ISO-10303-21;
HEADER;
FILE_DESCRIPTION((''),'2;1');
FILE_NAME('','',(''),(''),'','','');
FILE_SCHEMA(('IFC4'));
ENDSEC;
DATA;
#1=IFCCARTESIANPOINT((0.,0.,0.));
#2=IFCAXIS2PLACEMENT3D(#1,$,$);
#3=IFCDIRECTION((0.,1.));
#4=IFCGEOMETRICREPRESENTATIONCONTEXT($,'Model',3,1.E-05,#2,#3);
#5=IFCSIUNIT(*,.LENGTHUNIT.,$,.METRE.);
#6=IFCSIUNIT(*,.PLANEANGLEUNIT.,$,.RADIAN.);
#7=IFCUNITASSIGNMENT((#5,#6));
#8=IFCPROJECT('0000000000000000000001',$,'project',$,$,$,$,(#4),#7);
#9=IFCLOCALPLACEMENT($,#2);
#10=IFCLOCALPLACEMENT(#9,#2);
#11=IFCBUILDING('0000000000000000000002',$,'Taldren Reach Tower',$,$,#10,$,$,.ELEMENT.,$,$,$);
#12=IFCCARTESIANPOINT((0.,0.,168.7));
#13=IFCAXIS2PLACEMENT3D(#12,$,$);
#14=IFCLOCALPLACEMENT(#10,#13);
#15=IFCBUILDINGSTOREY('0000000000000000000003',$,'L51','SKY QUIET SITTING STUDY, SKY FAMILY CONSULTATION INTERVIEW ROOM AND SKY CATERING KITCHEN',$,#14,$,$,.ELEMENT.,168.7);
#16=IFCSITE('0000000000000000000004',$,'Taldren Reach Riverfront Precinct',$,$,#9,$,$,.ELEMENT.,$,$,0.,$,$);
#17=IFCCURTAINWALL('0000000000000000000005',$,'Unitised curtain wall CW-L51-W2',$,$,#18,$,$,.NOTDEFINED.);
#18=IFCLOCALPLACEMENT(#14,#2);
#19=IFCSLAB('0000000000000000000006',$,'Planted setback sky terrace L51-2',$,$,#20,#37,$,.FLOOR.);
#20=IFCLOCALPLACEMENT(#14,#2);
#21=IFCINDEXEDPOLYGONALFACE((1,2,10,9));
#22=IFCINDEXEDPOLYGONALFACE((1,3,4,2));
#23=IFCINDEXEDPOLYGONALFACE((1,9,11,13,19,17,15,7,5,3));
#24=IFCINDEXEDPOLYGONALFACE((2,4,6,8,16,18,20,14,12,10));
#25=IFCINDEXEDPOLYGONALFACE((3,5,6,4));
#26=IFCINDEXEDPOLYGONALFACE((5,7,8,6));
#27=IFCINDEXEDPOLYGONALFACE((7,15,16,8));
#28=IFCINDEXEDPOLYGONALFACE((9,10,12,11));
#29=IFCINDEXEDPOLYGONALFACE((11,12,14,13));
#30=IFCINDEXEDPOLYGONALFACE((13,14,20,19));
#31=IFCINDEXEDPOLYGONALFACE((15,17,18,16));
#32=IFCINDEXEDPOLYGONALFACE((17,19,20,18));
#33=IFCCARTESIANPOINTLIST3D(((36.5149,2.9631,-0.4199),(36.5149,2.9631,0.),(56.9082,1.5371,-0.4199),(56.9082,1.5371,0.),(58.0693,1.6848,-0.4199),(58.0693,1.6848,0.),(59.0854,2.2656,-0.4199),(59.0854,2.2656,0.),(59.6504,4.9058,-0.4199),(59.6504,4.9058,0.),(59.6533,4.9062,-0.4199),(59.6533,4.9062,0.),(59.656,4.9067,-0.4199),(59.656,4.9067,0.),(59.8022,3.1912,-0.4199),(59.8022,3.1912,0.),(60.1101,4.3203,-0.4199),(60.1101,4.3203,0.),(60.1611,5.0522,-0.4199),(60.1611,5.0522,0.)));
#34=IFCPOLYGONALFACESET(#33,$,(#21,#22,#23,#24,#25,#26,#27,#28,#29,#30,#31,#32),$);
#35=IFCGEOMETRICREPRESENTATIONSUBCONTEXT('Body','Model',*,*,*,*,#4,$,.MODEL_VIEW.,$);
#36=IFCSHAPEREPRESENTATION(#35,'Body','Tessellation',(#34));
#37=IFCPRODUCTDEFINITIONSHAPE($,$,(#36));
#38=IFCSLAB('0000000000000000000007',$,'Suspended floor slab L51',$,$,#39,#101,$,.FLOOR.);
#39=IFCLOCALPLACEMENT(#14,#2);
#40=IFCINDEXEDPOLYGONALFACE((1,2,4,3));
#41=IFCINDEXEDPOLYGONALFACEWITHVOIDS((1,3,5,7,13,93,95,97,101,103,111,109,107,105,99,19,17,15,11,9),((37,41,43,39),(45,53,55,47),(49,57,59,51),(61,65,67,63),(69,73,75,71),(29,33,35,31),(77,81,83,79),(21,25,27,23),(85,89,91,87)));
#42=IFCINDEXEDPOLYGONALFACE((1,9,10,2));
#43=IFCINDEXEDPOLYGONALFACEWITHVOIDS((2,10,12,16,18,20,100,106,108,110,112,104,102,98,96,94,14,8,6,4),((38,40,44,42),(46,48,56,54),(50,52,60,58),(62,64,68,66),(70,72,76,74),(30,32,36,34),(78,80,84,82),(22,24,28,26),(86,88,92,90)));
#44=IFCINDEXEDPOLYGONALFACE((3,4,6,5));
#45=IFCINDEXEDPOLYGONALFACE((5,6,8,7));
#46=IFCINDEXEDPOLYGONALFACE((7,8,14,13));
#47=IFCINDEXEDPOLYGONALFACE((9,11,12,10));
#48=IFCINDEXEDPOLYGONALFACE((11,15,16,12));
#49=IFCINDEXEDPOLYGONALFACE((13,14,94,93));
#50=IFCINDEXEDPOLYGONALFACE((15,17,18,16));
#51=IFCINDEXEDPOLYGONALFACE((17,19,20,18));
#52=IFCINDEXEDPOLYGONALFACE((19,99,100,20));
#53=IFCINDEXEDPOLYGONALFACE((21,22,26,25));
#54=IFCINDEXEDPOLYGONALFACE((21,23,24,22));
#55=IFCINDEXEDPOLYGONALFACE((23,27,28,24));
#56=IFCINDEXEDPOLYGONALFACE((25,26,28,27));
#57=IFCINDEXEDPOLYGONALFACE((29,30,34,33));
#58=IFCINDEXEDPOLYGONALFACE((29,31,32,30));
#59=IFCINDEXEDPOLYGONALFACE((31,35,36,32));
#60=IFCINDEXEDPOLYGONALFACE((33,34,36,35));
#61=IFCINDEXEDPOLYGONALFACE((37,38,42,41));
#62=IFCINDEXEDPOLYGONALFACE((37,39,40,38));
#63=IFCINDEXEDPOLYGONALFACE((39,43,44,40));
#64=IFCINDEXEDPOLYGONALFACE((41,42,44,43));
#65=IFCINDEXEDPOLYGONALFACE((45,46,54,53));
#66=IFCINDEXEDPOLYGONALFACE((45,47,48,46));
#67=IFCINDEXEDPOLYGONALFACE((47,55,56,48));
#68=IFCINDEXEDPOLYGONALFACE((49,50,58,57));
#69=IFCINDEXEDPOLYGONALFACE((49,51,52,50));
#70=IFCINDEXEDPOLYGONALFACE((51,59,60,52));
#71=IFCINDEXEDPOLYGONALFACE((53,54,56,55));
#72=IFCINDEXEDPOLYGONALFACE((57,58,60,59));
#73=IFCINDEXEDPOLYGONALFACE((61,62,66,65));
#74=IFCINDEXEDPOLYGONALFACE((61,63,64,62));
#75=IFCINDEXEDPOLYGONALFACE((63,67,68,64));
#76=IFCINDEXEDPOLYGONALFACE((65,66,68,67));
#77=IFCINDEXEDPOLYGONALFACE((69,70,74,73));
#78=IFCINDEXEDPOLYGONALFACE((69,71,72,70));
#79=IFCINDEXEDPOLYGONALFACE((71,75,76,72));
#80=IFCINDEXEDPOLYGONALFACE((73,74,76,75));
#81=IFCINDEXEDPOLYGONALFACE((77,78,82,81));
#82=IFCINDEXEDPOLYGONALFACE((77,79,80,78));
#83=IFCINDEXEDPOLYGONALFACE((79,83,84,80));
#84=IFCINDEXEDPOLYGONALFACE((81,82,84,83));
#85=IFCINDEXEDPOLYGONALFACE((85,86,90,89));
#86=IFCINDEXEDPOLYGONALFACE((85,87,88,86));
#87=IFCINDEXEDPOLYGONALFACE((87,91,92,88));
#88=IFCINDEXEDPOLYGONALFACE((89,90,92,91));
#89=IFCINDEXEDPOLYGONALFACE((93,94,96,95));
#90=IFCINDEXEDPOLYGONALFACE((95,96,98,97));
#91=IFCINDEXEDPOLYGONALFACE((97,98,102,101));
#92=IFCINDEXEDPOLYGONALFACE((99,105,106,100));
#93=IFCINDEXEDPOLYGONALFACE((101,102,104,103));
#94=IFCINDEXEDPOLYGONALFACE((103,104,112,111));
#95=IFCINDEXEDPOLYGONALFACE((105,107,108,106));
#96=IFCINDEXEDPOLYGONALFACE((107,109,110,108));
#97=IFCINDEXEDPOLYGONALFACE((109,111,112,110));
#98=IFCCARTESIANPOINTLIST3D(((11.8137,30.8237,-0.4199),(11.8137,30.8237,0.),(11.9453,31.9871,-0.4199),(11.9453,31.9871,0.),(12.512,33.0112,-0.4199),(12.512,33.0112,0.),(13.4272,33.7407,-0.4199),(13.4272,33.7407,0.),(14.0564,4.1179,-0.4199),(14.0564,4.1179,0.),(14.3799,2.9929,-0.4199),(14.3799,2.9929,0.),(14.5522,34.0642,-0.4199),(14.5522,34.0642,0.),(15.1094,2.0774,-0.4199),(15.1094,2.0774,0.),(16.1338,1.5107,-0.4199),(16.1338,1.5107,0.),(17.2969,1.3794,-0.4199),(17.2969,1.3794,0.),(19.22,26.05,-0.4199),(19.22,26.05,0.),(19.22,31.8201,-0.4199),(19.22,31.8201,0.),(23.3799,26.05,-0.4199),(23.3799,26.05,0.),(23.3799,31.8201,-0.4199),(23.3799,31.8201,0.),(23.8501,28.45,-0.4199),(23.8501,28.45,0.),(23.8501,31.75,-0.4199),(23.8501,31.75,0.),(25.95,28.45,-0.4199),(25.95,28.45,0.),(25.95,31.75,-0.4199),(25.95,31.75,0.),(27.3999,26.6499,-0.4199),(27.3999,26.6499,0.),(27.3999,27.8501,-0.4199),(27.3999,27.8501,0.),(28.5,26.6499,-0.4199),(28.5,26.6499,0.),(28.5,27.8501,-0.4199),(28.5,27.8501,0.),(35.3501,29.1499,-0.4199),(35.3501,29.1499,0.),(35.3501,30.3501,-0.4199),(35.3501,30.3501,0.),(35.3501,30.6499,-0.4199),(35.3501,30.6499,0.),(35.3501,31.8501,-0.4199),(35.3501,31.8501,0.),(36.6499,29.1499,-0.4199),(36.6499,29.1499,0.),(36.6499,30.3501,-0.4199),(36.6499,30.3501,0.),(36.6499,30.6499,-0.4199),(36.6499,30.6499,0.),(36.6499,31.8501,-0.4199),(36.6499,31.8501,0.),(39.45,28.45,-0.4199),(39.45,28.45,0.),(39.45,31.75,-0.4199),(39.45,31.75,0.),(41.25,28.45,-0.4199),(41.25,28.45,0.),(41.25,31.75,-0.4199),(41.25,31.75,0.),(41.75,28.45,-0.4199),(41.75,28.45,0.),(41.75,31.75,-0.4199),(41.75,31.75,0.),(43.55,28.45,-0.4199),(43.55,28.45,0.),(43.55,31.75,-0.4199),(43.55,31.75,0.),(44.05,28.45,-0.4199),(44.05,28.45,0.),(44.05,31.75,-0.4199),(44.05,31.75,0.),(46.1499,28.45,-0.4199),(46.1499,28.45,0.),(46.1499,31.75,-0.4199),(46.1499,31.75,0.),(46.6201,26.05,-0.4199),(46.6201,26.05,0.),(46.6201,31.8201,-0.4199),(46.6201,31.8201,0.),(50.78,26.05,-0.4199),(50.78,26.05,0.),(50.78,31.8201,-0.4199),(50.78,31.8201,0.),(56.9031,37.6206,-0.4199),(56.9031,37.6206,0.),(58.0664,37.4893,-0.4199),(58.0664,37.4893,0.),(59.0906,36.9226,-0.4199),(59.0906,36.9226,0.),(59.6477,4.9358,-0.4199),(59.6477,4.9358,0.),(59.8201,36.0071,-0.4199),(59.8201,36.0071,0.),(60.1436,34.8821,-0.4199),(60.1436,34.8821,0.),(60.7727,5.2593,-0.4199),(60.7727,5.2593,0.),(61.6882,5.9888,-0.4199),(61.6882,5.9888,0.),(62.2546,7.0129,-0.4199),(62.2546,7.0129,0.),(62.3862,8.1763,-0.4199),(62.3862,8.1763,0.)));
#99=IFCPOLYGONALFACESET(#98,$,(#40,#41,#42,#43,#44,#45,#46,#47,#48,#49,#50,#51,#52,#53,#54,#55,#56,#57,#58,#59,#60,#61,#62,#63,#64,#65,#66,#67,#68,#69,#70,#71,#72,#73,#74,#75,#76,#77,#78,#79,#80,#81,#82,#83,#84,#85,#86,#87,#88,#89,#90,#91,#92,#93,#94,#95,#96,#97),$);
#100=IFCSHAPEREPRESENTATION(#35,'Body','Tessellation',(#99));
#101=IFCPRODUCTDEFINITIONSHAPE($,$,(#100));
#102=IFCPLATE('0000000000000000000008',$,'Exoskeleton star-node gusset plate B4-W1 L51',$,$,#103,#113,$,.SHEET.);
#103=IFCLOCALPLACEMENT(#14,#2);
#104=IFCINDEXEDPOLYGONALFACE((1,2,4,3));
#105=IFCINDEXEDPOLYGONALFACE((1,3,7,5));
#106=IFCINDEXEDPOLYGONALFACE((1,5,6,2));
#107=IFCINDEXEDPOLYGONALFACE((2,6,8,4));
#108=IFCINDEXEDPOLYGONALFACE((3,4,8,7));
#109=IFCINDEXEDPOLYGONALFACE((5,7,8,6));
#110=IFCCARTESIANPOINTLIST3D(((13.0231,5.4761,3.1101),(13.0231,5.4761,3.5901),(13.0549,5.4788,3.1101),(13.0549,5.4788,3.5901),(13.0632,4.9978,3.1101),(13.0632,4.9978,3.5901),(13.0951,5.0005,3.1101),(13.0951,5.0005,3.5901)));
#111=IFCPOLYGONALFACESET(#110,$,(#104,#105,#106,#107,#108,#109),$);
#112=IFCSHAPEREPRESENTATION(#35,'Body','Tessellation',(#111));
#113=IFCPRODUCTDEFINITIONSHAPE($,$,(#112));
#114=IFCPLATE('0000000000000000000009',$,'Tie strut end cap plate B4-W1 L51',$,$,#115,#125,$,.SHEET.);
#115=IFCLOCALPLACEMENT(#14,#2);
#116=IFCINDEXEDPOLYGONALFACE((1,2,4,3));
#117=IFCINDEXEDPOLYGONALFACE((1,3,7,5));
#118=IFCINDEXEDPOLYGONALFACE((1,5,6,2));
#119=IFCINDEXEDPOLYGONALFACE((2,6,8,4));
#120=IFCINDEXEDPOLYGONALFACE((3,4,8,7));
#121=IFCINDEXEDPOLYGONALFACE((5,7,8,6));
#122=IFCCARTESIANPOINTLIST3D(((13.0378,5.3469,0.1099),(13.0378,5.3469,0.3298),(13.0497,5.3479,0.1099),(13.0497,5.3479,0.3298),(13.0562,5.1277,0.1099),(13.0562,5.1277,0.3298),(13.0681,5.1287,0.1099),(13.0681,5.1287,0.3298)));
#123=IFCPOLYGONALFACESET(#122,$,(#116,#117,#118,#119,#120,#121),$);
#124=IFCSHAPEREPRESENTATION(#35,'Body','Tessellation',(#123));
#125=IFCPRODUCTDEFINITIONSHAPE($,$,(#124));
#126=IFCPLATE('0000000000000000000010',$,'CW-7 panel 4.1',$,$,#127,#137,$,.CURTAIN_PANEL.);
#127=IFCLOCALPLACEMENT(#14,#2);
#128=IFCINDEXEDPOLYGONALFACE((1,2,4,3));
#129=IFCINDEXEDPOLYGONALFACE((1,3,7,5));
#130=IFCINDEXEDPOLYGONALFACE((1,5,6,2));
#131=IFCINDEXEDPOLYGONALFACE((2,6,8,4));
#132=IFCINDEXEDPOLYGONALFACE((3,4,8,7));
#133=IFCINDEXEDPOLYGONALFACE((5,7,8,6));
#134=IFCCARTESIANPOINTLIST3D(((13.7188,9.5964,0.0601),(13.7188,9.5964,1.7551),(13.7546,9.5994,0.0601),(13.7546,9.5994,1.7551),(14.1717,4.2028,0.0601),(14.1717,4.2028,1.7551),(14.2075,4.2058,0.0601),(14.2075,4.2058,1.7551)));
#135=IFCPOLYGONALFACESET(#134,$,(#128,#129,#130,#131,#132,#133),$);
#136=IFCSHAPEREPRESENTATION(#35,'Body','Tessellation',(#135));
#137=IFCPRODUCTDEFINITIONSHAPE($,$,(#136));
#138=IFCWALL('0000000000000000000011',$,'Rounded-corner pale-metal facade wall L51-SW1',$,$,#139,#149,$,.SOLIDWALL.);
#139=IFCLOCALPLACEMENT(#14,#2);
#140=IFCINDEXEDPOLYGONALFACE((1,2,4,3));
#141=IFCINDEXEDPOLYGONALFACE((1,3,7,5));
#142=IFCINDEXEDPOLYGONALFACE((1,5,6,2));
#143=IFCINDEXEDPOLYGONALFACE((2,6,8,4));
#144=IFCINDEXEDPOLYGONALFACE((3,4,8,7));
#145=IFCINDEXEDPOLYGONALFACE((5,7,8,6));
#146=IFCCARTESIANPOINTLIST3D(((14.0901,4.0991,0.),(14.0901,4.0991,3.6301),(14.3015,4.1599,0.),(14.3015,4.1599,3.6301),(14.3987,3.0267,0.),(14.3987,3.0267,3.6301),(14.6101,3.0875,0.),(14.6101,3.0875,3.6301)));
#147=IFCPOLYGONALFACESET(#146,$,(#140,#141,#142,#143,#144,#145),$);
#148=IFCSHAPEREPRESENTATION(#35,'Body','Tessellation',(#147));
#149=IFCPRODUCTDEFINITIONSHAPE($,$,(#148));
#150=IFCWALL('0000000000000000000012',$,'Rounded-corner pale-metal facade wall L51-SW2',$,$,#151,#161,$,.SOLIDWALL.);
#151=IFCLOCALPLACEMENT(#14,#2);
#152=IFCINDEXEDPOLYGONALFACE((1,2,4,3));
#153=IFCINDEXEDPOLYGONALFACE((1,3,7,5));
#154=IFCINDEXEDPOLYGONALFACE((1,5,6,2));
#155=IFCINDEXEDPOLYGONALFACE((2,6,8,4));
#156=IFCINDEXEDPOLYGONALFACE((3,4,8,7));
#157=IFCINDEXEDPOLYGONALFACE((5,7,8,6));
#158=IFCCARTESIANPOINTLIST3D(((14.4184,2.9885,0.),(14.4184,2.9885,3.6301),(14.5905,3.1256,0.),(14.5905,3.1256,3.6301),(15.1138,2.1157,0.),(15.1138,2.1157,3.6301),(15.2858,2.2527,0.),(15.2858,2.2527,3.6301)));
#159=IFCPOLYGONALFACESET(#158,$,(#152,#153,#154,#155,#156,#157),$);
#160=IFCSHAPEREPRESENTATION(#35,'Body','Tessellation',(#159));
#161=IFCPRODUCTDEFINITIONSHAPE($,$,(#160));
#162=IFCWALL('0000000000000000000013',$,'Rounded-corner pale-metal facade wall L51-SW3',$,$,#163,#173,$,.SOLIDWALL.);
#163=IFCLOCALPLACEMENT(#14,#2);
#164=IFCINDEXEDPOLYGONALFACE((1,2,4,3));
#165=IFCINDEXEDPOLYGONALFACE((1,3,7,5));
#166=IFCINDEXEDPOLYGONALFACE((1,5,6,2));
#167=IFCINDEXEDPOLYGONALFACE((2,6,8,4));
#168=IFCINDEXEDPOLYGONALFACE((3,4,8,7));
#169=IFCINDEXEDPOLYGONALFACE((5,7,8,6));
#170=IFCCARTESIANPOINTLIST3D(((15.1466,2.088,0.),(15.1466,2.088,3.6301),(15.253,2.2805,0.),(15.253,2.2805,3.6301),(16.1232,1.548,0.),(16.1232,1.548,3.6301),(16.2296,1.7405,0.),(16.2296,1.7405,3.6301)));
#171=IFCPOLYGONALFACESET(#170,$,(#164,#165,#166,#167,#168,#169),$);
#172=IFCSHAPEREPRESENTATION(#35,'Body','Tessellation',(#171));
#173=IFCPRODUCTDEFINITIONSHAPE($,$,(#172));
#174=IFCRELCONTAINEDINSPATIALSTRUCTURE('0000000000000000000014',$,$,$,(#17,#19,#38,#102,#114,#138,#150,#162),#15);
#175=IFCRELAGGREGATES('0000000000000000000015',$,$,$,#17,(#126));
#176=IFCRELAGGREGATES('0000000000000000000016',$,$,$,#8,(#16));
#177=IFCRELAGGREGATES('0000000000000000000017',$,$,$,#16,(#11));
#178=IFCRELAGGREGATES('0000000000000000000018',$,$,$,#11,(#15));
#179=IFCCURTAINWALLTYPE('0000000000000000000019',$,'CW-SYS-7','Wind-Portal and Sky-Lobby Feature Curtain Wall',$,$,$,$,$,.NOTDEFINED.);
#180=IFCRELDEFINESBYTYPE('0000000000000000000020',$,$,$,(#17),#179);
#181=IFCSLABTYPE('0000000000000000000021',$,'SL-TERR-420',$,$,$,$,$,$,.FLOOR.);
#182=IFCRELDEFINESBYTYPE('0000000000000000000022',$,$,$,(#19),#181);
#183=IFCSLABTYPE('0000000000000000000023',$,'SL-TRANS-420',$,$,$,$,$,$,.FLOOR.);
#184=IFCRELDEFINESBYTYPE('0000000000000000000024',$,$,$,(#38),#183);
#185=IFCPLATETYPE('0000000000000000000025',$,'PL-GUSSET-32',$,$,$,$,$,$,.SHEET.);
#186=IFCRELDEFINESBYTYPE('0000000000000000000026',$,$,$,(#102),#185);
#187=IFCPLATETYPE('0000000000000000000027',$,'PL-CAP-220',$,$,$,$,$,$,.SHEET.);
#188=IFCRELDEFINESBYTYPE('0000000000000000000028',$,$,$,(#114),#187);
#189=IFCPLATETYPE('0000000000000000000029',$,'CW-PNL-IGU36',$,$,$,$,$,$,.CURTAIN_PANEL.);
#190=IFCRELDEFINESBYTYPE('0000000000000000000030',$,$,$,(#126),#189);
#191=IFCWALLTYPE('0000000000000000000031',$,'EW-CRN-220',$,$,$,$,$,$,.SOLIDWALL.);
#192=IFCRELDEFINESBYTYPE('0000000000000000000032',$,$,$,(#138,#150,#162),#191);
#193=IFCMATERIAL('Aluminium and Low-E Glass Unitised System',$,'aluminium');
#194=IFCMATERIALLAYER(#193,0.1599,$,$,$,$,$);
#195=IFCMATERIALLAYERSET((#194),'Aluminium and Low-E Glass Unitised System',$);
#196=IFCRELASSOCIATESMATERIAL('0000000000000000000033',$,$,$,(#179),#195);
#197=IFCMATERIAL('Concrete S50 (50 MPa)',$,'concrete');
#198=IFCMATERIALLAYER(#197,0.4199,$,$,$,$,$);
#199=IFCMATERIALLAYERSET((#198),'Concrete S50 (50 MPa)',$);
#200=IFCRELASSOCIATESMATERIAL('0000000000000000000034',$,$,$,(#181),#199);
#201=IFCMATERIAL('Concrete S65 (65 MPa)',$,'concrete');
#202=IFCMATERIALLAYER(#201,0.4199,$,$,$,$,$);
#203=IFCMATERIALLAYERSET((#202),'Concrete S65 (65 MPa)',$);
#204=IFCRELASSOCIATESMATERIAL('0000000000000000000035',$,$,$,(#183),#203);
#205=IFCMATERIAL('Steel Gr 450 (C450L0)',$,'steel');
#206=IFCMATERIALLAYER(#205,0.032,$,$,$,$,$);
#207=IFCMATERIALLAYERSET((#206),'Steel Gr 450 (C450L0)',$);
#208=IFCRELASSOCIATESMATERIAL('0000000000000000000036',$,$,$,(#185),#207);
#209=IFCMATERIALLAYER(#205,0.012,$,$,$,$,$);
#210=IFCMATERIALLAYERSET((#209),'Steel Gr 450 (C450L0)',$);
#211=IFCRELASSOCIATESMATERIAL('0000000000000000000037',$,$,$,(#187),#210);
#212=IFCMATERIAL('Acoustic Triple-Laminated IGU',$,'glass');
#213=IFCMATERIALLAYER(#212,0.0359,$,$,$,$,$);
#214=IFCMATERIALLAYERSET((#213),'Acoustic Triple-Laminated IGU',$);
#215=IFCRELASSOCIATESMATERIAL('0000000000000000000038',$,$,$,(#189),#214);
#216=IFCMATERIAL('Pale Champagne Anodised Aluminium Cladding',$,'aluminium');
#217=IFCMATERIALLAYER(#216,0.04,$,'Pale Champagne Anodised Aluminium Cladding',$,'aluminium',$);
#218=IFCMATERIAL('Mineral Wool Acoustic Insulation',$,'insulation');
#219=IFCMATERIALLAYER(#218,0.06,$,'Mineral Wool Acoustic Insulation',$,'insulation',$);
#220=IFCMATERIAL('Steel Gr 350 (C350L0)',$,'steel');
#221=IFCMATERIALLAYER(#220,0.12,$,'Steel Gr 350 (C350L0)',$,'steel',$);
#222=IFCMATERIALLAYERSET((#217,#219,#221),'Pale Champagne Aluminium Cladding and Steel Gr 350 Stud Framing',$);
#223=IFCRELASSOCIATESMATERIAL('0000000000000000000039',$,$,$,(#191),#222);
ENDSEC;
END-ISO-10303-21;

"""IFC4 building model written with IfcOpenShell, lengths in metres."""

from ifc_helpers import new_model, si_unit, direction, frame, frame_2d, origin, origin_2d, place, context, subcontext, project, spatial, polyline, rectangle, outline, extrude, source, transform, mapped, material, layer, layer_set, type_object, element, aggregate, save


model = new_model("IFC4")

# Units and contexts
model_context = context("Model", 3, precision=1e-05, world=origin(), true_north=direction((0.0, 1.0)))
body_context = subcontext(model_context, "Body", "Model", "MODEL_VIEW")
ifc_project = project(units=[si_unit("LENGTHUNIT", "METRE"), si_unit("PLANEANGLEUNIT", "RADIAN")], contexts=[model_context])

# Site, building, storey
site_placement = place(None, origin())
site = spatial("IfcSite", under=ifc_project, at=site_placement, Name="Taldren Reach Riverfront Precinct", CompositionType="ELEMENT", RefElevation=0.0)
building_placement = place(site_placement, origin())
building = spatial("IfcBuilding", under=site, at=building_placement, Name="Taldren Reach Tower", CompositionType="ELEMENT")
storey_placement = place(building_placement, frame((0.0, 0.0, 168.7)))
storey = spatial("IfcBuildingStorey", under=building, at=storey_placement, Name="L51", Description="SKY QUIET SITTING STUDY, SKY FAMILY CONSULTATION INTERVIEW ROOM AND SKY CATERING KITCHEN", CompositionType="ELEMENT", Elevation=168.7)

# Shared definitions
ifc_material_1 = material(Name="Steel Gr 450 (C450L0)", Category="steel")
ifc_material_2 = material(Name="Steel Gr 350 (C350L0)", Category="steel")

# Curtain wall
ifc_material_3 = material(Name="Aluminium and Low-E Glass Unitised System", Category="aluminium")
ifc_layer_1 = layer(ifc_material_3, 0.1599)
ifc_layer_set_1 = layer_set([ifc_layer_1], Name="Aluminium and Low-E Glass Unitised System")
curtain_wall_type = type_object("IfcCurtainWallType", Name="CW-SYS-7", Description="Wind-Portal and Sky-Lobby Feature Curtain Wall", PredefinedType="NOTDEFINED", material=ifc_layer_set_1)
curtain_wall_1_placement = place(storey_placement, origin())
curtain_wall_1 = element("IfcCurtainWall", 1, at=curtain_wall_1_placement, inside=storey, type_object=curtain_wall_type, Name="Unitised curtain wall CW-L51-W2", PredefinedType="NOTDEFINED")

# Shared definitions
ifc_material_4 = material(Name="Concrete S50 (50 MPa)", Category="concrete")

# Slabs
ifc_layer_2 = layer(ifc_material_4, 0.4199)
ifc_layer_set_2 = layer_set([ifc_layer_2], Name="Concrete S50 (50 MPa)")
slab_type_1 = type_object("IfcSlabType", Name="SL-TERR-420", PredefinedType="FLOOR", material=ifc_layer_set_2)
slab_1_placement = place(storey_placement, frame((0.0, 0.0, -0.4199)))
element("IfcSlab", 2, at=slab_1_placement, inside=storey, type_object=slab_type_1, Name="Planted setback sky terrace L51-2", PredefinedType="FLOOR", context=body_context, shape_type="SweptSolid", body=[
    extrude(outline(polyline([(59.8022, 3.1912), (59.0854, 2.2656), (58.0693, 1.6848), (56.9082, 1.5371), (36.5149, 2.9631), (59.6504, 4.9058), (59.6533, 4.9062), (59.656, 4.9067), (60.1611, 5.0522), (60.1101, 4.3203), (59.8022, 3.1912)])), origin(), (0.0, 0.0, 1.0), 0.4199),
])
ifc_material_5 = material(Name="Concrete S65 (65 MPa)", Category="concrete")
ifc_layer_3 = layer(ifc_material_5, 0.4199)
ifc_layer_set_3 = layer_set([ifc_layer_3], Name="Concrete S65 (65 MPa)")
slab_type_2 = type_object("IfcSlabType", Name="SL-TRANS-420", PredefinedType="FLOOR", material=ifc_layer_set_3)
slab_2_placement = place(storey_placement, frame((0.0, 0.0, -0.4199)))
element("IfcSlab", 3, at=slab_2_placement, inside=storey, type_object=slab_type_2, Name="Suspended floor slab L51", PredefinedType="FLOOR", context=body_context, shape_type="SweptSolid", body=[
    extrude(outline(polyline([(59.6477, 4.9358), (60.7727, 5.2593), (61.6882, 5.9888), (62.2546, 7.0129), (62.3862, 8.1763), (60.1436, 34.8821), (59.8201, 36.0071), (59.0906, 36.9226), (58.0664, 37.4893), (56.9031, 37.6206), (14.5522, 34.0642), (13.4272, 33.7407), (12.512, 33.0112), (11.9453, 31.9871), (11.8137, 30.8237), (14.0564, 4.1179), (14.3799, 2.9929), (15.1094, 2.0774), (16.1338, 1.5107), (17.2969, 1.3794), (59.6477, 4.9358)]), holes=[polyline([(19.22, 26.05), (23.3799, 26.05), (23.3799, 31.8201), (19.22, 31.8201), (19.22, 26.05)]), polyline([(46.6201, 26.05), (50.78, 26.05), (50.78, 31.8201), (46.6201, 31.8201), (46.6201, 26.05)]), polyline([(23.8501, 28.45), (25.95, 28.45), (25.95, 31.75), (23.8501, 31.75), (23.8501, 28.45)]), polyline([(44.05, 28.45), (46.1499, 28.45), (46.1499, 31.75), (44.05, 31.75), (44.05, 28.45)]), polyline([(39.45, 28.45), (41.25, 28.45), (41.25, 31.75), (39.45, 31.75), (39.45, 28.45)]), polyline([(41.75, 28.45), (43.55, 28.45), (43.55, 31.75), (41.75, 31.75), (41.75, 28.45)]), polyline([(35.3501, 30.6499), (36.6499, 30.6499), (36.6499, 31.8501), (35.3501, 31.8501), (35.3501, 30.6499)]), polyline([(35.3501, 29.1499), (36.6499, 29.1499), (36.6499, 30.3501), (35.3501, 30.3501), (35.3501, 29.1499)]), polyline([(27.3999, 26.6499), (28.5, 26.6499), (28.5, 27.8501), (27.3999, 27.8501), (27.3999, 26.6499)])]), origin(), (0.0, 0.0, 1.0), 0.4199),
])

# Plates
ifc_layer_4 = layer(ifc_material_1, 0.032)
ifc_layer_set_4 = layer_set([ifc_layer_4], Name="Steel Gr 450 (C450L0)")
plate_type_1 = type_object("IfcPlateType", Name="PL-GUSSET-32", PredefinedType="SHEET", material=ifc_layer_set_4)
shared_shape_1 = source(origin(), body_context, "Body", "SweptSolid", [
    extrude(rectangle(XDim=0.48, YDim=0.032, at=origin_2d()), origin(), (0.0, 0.0, 1.0), 0.48),
])
plate_1_placement = place(storey_placement, frame((13.0591, 5.2383, 3.1101), z_axis=(0.0, 0.0, 1.0), x_axis=(-0.083678, 0.996493, 0.0)))
element("IfcPlate", 4, at=plate_1_placement, inside=storey, type_object=plate_type_1, Name="Exoskeleton star-node gusset plate B4-W1 L51", PredefinedType="SHEET", context=body_context, shape_type="MappedRepresentation", body=[
    mapped(shared_shape_1, transform((0.0, 0.0, 0.0), scale=1.0)),
])
ifc_layer_5 = layer(ifc_material_1, 0.012)
ifc_layer_set_5 = layer_set([ifc_layer_5], Name="Steel Gr 450 (C450L0)")
plate_type_2 = type_object("IfcPlateType", Name="PL-CAP-220", PredefinedType="SHEET", material=ifc_layer_set_5)
shared_shape_2 = source(origin(), body_context, "Body", "SweptSolid", [
    extrude(rectangle(XDim=0.012, YDim=0.22, at=origin_2d()), origin(), (0.0, 0.0, 1.0), 0.22),
])
plate_2_placement = place(storey_placement, frame((13.053, 5.2378, 0.1099), z_axis=(0.0, 0.0, 1.0), x_axis=(0.996493, 0.083678, 0.0)))
element("IfcPlate", 5, at=plate_2_placement, inside=storey, type_object=plate_type_2, Name="Tie strut end cap plate B4-W1 L51", PredefinedType="SHEET", context=body_context, shape_type="MappedRepresentation", body=[
    mapped(shared_shape_2, transform((0.0, 0.0, 0.0), scale=1.0)),
])

# Plate
ifc_material_6 = material(Name="Acoustic Triple-Laminated IGU", Category="glass")
ifc_layer_6 = layer(ifc_material_6, 0.0359)
ifc_layer_set_6 = layer_set([ifc_layer_6], Name="Acoustic Triple-Laminated IGU")
plate_type_3 = type_object("IfcPlateType", Name="CW-PNL-IGU36", PredefinedType="CURTAIN_PANEL", material=ifc_layer_set_6)
shared_shape_3 = source(origin(), body_context, "Body", "SweptSolid", [
    extrude(rectangle(XDim=5.4126, YDim=0.0359, at=origin_2d()), origin(), (0.0, 0.0, 1.0), 1.6951),
])
plate_3_placement = place(storey_placement, frame((13.9631, 6.9011, 0.0601), z_axis=(0.0, 0.0, 1.0), x_axis=(0.083678, -0.996493, 0.0)))
plate_3 = element("IfcPlate", 6, at=plate_3_placement, type_object=plate_type_3, Name="CW-7 panel 4.1", PredefinedType="CURTAIN_PANEL", context=body_context, shape_type="MappedRepresentation", body=[
    mapped(shared_shape_3, transform((0.0, 0.0, 0.0), scale=1.0)),
])
aggregate(curtain_wall_1, [plate_3])

# Walls
ifc_material_7 = material(Name="Pale Champagne Anodised Aluminium Cladding", Category="aluminium")
ifc_layer_7 = layer(ifc_material_7, 0.04, Name="Pale Champagne Anodised Aluminium Cladding", Category="aluminium")
ifc_material_8 = material(Name="Mineral Wool Acoustic Insulation", Category="insulation")
ifc_layer_8 = layer(ifc_material_8, 0.06, Name="Mineral Wool Acoustic Insulation", Category="insulation")
ifc_layer_9 = layer(ifc_material_2, 0.12, Name="Steel Gr 350 (C350L0)", Category="steel")
ifc_layer_set_7 = layer_set([ifc_layer_7, ifc_layer_8, ifc_layer_9], Name="Pale Champagne Aluminium Cladding and Steel Gr 350 Stud Framing")
wall_type = type_object("IfcWallType", Name="EW-CRN-220", PredefinedType="SOLIDWALL", material=ifc_layer_set_7)
shared_shape_4 = source(origin(), body_context, "Body", "SweptSolid", [
    extrude(rectangle(XDim=1.116, YDim=0.22, at=frame_2d((0.5581, 0.0))), origin(), (0.0, 0.0, 1.0), 3.6301),
])
for number, where, z_axis, x_axis, name in (
    (7, (14.1958, 4.1296, 0.0), (0.0, 0.0, 1.0), (0.276512, -0.96101, 0.0), "Rounded-corner pale-metal facade wall L51-SW1"),
    (8, (14.5044, 3.0571, 0.0), (0.0, 0.0, 1.0), (0.623093, -0.782148, 0.0), "Rounded-corner pale-metal facade wall L51-SW2"),
    (9, (15.1997, 2.1843, 0.0), (0.0, 0.0, 1.0), (0.875105, -0.483933, 0.0), "Rounded-corner pale-metal facade wall L51-SW3"),
):
    element("IfcWall", number, at=place(storey_placement, frame(where, z_axis=z_axis, x_axis=x_axis)), inside=storey, type_object=wall_type, Name=name, PredefinedType="SOLIDWALL", context=body_context, shape_type="MappedRepresentation", body=[
        mapped(shared_shape_4, transform((0.0, 0.0, 0.0), scale=1.0)),
    ])

save(model, "model.ifc")
